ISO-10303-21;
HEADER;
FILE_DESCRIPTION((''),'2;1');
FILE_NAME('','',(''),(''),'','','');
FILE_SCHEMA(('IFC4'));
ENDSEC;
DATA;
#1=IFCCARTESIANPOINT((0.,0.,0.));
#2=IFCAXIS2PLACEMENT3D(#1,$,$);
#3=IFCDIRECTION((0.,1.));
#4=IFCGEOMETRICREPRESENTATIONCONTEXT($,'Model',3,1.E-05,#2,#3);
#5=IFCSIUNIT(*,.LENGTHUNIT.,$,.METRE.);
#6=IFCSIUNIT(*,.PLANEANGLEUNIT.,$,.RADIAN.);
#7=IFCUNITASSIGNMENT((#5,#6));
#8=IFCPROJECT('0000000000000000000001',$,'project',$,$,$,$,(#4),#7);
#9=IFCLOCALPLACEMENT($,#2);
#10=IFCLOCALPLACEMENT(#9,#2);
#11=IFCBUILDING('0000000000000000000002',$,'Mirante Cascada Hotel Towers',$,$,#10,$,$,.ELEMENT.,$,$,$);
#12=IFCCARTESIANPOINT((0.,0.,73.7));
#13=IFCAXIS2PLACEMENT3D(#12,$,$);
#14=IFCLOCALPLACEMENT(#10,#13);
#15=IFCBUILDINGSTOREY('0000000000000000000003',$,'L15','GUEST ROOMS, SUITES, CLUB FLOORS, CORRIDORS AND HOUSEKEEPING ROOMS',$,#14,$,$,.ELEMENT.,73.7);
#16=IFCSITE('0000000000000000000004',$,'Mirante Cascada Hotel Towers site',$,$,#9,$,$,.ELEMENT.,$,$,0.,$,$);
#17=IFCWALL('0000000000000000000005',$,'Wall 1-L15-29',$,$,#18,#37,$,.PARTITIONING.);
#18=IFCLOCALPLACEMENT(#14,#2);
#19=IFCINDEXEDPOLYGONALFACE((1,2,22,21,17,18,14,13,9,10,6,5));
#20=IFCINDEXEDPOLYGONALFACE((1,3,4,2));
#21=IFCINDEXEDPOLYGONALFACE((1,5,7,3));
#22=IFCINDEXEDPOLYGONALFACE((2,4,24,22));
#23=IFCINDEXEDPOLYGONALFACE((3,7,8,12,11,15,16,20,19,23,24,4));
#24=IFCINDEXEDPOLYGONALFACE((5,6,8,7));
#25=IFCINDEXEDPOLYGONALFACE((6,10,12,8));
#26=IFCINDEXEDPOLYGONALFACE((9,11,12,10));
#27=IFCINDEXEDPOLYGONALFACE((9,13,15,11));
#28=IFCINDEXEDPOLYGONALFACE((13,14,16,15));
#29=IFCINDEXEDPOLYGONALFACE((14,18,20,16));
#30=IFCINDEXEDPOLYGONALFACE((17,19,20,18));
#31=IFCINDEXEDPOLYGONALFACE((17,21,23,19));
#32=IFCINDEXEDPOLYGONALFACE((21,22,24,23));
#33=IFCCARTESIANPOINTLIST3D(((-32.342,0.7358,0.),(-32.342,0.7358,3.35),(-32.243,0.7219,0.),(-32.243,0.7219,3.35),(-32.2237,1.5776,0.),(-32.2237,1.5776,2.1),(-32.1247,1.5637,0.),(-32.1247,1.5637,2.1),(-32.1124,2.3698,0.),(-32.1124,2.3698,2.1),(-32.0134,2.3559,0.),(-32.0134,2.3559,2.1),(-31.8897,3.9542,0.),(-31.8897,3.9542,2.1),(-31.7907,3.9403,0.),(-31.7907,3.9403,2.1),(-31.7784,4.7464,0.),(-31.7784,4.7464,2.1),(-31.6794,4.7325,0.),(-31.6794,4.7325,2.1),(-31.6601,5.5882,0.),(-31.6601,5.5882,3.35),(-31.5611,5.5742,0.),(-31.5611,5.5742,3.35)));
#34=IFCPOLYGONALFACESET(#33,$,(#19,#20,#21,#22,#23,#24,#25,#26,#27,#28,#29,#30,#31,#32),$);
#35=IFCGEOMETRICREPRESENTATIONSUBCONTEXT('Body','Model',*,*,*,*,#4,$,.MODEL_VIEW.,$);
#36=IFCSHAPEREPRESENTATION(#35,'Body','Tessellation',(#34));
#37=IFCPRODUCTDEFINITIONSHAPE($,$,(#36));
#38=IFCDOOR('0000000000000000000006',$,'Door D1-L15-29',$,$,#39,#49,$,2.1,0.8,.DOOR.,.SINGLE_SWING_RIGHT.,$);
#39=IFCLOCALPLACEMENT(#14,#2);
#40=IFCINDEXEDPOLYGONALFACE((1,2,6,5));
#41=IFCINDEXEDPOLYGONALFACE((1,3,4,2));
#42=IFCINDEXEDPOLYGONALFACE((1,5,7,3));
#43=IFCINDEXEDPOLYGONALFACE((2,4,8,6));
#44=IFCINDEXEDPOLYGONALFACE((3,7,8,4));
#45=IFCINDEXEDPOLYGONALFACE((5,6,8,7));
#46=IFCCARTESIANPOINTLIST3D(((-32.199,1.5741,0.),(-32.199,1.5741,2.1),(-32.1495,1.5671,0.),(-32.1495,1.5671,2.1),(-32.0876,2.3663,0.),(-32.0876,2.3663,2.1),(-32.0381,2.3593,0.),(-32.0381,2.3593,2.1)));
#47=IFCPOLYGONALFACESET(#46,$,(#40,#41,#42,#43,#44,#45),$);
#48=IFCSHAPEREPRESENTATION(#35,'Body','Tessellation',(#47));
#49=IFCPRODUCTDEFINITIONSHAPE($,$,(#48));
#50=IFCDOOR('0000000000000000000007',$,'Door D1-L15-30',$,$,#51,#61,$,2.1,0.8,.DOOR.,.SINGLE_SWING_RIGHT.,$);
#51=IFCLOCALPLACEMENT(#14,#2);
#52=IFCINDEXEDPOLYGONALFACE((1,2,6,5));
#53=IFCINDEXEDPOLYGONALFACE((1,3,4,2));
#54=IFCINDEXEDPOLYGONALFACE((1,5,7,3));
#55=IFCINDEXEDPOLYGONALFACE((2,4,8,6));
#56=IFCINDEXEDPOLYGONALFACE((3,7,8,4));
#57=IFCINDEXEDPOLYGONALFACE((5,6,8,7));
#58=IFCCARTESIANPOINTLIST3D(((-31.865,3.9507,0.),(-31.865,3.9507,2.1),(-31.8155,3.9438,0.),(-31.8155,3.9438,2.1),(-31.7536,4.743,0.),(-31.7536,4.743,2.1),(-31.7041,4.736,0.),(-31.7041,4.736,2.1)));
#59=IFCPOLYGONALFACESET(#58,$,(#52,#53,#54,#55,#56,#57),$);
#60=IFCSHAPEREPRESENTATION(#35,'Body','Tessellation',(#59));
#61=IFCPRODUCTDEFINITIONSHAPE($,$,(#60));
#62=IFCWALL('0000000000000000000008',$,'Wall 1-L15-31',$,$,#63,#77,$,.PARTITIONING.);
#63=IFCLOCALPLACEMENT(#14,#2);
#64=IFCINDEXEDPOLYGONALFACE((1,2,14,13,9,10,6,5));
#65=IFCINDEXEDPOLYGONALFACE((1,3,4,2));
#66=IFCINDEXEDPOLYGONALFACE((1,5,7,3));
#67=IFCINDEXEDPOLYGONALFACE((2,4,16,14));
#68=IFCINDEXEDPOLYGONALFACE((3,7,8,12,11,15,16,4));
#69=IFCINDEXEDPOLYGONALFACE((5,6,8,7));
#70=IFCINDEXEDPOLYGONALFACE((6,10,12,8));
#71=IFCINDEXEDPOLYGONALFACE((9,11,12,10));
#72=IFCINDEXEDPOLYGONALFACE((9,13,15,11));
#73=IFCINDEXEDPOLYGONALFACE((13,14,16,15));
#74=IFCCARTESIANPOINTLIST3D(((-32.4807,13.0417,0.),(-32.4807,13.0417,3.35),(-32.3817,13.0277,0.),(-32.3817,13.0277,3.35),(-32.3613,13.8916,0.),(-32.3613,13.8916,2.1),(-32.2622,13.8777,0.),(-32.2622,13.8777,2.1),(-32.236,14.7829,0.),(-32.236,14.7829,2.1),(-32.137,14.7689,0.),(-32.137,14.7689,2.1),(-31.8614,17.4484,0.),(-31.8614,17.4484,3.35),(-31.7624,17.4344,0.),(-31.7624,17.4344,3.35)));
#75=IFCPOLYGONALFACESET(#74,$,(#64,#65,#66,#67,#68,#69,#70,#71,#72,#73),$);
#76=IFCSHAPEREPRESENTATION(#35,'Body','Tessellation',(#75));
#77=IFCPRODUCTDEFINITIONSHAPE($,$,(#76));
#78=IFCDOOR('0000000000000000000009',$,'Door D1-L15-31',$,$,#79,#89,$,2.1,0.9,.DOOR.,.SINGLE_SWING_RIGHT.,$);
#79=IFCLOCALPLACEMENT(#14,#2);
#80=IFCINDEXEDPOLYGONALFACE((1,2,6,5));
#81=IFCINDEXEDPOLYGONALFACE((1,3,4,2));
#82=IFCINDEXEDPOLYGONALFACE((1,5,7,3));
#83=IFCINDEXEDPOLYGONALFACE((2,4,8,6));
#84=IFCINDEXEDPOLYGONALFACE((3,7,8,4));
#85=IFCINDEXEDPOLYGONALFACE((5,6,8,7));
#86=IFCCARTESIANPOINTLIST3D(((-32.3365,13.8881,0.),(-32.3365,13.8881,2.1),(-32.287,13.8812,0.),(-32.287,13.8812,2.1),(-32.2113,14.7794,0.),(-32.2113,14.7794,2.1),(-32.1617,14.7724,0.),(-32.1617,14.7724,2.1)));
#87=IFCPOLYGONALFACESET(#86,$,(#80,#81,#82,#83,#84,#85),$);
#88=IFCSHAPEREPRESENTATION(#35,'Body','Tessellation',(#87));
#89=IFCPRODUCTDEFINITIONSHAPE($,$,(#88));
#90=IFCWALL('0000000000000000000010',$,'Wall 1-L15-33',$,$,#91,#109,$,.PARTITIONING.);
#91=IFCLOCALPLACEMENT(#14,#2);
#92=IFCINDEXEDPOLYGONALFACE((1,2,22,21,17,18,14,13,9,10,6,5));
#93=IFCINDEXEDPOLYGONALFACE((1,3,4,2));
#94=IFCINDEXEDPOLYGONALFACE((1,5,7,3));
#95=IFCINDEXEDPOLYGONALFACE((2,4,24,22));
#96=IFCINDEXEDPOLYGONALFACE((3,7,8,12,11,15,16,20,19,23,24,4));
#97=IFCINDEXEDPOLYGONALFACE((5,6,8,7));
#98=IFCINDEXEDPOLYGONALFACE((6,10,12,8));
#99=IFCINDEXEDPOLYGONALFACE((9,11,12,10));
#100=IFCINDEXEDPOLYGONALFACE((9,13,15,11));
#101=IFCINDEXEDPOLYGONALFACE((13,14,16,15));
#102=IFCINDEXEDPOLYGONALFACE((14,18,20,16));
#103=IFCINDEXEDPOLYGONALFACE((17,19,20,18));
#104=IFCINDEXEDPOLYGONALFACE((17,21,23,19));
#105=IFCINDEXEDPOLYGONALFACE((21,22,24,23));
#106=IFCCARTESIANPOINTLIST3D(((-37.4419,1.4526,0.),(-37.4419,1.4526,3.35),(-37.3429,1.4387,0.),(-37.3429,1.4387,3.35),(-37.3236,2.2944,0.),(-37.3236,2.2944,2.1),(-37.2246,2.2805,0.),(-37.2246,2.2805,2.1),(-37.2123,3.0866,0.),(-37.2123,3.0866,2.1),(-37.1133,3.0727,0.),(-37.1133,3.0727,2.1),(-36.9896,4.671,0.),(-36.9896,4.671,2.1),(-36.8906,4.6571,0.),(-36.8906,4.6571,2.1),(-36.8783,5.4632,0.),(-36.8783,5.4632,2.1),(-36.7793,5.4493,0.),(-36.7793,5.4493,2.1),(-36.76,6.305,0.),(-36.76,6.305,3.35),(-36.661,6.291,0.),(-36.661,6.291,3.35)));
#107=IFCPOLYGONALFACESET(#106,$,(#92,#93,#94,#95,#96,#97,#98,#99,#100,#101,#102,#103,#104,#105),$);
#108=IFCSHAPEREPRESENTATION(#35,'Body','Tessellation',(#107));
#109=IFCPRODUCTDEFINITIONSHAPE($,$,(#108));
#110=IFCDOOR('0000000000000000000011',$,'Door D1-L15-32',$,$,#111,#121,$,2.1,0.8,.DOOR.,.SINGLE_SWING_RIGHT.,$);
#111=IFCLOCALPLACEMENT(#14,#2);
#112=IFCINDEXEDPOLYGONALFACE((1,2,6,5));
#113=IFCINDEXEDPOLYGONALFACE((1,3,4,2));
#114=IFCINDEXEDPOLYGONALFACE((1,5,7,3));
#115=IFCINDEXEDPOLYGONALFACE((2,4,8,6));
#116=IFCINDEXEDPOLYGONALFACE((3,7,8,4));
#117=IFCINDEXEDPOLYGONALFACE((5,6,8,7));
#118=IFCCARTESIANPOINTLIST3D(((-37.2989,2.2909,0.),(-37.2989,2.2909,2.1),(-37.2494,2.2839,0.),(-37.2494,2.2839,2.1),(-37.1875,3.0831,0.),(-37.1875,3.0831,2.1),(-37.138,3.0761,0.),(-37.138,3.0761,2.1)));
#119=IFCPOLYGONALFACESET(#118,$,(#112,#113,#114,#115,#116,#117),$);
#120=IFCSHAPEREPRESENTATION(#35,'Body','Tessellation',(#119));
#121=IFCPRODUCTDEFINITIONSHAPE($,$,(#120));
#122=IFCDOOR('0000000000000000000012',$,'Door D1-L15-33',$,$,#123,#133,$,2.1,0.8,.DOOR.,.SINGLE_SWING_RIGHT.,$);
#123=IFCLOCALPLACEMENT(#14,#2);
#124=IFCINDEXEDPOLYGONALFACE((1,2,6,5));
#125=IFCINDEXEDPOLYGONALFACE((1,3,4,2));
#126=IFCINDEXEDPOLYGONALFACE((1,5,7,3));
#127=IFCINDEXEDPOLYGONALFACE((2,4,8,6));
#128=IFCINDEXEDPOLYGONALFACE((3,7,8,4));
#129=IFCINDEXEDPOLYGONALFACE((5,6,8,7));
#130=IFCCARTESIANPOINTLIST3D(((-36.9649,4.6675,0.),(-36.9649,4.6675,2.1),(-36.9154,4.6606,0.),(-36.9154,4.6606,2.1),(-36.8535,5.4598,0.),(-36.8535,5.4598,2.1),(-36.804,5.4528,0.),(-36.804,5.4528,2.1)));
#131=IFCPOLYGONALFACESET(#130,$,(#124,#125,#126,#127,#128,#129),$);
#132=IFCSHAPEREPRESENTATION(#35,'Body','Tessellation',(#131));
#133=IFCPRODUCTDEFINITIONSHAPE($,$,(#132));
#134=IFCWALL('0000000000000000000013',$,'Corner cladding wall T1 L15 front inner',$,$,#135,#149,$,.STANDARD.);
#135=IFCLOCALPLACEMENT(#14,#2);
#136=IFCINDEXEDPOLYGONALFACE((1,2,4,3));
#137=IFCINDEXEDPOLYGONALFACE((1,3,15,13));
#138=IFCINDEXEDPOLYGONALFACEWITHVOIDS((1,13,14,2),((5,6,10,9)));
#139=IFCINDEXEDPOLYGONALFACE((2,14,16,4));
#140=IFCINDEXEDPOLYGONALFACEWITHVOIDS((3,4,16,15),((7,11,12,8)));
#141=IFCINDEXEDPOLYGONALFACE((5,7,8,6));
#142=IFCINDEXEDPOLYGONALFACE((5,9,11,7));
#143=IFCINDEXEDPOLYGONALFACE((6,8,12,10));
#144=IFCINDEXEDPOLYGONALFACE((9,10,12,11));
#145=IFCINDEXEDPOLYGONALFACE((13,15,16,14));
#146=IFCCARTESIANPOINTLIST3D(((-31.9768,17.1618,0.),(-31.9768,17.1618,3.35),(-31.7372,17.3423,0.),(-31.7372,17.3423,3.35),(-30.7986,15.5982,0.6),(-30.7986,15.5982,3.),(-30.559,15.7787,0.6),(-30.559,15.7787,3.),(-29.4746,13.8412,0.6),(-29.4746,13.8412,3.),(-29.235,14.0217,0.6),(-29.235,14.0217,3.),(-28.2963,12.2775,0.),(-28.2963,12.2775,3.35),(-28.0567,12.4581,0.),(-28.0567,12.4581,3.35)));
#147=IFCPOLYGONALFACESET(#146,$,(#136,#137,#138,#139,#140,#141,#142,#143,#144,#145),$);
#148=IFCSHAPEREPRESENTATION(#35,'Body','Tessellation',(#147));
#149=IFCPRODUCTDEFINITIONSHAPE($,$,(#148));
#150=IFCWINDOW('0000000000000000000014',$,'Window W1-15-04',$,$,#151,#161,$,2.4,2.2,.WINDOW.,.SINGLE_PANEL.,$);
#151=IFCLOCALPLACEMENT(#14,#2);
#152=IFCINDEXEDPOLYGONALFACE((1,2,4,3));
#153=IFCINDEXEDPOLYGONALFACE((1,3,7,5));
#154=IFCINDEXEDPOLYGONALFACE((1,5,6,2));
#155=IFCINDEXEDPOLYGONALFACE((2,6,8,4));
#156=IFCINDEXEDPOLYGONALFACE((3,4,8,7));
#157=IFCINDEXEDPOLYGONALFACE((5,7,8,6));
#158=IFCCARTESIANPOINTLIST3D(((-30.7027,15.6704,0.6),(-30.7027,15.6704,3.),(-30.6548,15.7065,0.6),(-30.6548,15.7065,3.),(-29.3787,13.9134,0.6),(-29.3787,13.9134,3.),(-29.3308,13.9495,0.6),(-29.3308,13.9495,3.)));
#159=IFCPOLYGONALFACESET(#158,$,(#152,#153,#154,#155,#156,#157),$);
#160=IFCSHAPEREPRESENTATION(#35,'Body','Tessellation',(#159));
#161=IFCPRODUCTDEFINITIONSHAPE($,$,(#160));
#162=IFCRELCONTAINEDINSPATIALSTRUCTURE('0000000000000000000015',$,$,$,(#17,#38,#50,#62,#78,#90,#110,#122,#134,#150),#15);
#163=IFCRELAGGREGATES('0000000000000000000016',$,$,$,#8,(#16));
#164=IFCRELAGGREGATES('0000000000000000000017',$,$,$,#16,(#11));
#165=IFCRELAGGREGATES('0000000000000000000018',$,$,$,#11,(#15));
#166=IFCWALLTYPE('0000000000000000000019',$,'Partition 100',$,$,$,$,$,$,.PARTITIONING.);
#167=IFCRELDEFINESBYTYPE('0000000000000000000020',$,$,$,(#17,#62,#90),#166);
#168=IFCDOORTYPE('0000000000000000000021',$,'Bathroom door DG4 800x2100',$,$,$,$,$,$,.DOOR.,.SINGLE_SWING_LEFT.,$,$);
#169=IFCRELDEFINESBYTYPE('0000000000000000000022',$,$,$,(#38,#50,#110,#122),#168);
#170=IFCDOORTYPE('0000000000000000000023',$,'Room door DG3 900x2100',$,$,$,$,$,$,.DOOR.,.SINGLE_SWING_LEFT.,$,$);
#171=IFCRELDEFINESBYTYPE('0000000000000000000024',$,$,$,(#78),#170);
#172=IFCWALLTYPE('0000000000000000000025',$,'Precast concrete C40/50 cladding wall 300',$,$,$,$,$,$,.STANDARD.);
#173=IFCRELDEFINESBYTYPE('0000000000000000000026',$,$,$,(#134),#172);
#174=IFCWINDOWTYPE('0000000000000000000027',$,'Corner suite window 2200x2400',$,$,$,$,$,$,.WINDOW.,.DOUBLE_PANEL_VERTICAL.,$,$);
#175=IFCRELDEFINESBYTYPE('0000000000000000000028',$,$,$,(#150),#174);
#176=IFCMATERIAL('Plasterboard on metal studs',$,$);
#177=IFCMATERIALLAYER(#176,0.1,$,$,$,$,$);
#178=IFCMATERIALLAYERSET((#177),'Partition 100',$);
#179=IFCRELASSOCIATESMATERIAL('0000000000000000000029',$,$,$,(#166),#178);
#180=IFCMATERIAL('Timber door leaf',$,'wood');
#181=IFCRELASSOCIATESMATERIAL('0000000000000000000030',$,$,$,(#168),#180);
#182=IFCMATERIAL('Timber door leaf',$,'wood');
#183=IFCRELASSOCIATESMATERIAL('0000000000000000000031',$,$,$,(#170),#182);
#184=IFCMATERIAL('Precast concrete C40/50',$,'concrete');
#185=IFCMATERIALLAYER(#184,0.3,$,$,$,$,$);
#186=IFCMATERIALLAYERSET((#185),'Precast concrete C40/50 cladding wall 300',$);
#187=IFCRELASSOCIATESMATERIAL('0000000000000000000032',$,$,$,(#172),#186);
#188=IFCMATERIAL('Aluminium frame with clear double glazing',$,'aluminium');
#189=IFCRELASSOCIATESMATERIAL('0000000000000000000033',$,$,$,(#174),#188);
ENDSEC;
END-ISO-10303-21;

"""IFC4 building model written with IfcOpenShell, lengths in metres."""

from ifc_helpers import new_model, si_unit, direction, frame, frame_2d, origin, place, context, subcontext, project, spatial, rectangle, extrude, material, layer, layer_set, type_object, element, fill, save


model = new_model("IFC4")

# Units and contexts
model_context = context("Model", 3, precision=1e-05, world=origin(), true_north=direction((0.0, 1.0)))
body_context = subcontext(model_context, "Body", "Model", "MODEL_VIEW")
ifc_project = project(units=[si_unit("LENGTHUNIT", "METRE"), si_unit("PLANEANGLEUNIT", "RADIAN")], contexts=[model_context])

# Site, building, storey
site_placement = place(None, origin())
site = spatial("IfcSite", under=ifc_project, at=site_placement, Name="Mirante Cascada Hotel Towers site", CompositionType="ELEMENT", RefElevation=0.0)
building_placement = place(site_placement, origin())
building = spatial("IfcBuilding", under=site, at=building_placement, Name="Mirante Cascada Hotel Towers", CompositionType="ELEMENT")
storey_placement = place(building_placement, frame((0.0, 0.0, 73.7)))
storey = spatial("IfcBuildingStorey", under=building, at=storey_placement, Name="L15", Description="GUEST ROOMS, SUITES, CLUB FLOORS, CORRIDORS AND HOUSEKEEPING ROOMS", CompositionType="ELEMENT", Elevation=73.7)

# Shared definitions
ifc_material_1 = material(Name="Plasterboard on metal studs")
ifc_layer_1 = layer(ifc_material_1, 0.1)
ifc_layer_set_1 = layer_set([ifc_layer_1], Name="Partition 100")
wall_type_1 = type_object("IfcWallType", Name="Partition 100", PredefinedType="PARTITIONING", material=ifc_layer_set_1)

# Wall, openings, doors
wall_1_placement = place(storey_placement, frame((-31.6106, 5.5812, 0.0), z_axis=(0.0, 0.0, 1.0), x_axis=(-0.139164, -0.990269, 0.0)))
wall_1 = element("IfcWall", 1, at=wall_1_placement, inside=storey, type_object=wall_type_1, Name="Wall 1-L15-29", PredefinedType="PARTITIONING", context=body_context, shape_type="SweptSolid", body=[
    extrude(rectangle(XDim=4.9, YDim=0.1, at=frame_2d((2.45, 0.0))), origin(), (0.0, 0.0, 1.0), 3.35),
])
opening_1_placement = place(wall_1_placement, frame((3.25, 0.0, 0.0)))
opening_1 = element("IfcOpeningElement", 2, at=opening_1_placement, cuts=wall_1, PredefinedType="OPENING", context=body_context, shape_type="SweptSolid", body=[
    extrude(rectangle(XDim=0.8, YDim=2.1, at=frame_2d((0.4, 1.05))), frame((0.0, 0.05, 0.0), z_axis=(0.0, -1.0, 0.0), x_axis=(1.0, 0.0, 0.0)), (0.0, 0.0, 1.0), 0.1),
])
opening_2_placement = place(wall_1_placement, frame((0.85, 0.0, 0.0)))
opening_2 = element("IfcOpeningElement", 3, at=opening_2_placement, cuts=wall_1, PredefinedType="OPENING", context=body_context, shape_type="SweptSolid", body=[
    extrude(rectangle(XDim=0.8, YDim=2.1, at=frame_2d((0.4, 1.05))), frame((0.0, 0.05, 0.0), z_axis=(0.0, -1.0, 0.0), x_axis=(1.0, 0.0, 0.0)), (0.0, 0.0, 1.0), 0.1),
])
ifc_material_2 = material(Name="Timber door leaf", Category="wood")
door_type_1 = type_object("IfcDoorType", Name="Bathroom door DG4 800x2100", OperationType="SINGLE_SWING_LEFT", PredefinedType="DOOR", material=ifc_material_2)
door_1_placement = place(opening_1_placement, frame((0.8, 0.0, 0.0), z_axis=(0.0, 0.0, 1.0), x_axis=(-1.0, 0.0, 0.0)))
door_1 = element("IfcDoor", 4, at=door_1_placement, inside=storey, type_object=door_type_1, Name="Door D1-L15-29", OperationType="SINGLE_SWING_RIGHT", OverallHeight=2.1, OverallWidth=0.8, PredefinedType="DOOR", context=body_context, shape_type="SweptSolid", body=[
    extrude(rectangle(XDim=0.8, YDim=2.1, at=frame_2d((0.4, 1.05))), frame((0.0, 0.025, 0.0), z_axis=(0.0, -1.0, 0.0), x_axis=(1.0, 0.0, 0.0)), (0.0, 0.0, 1.0), 0.05),
])
fill(opening_1, door_1)
door_2_placement = place(opening_2_placement, frame((0.8, 0.0, 0.0), z_axis=(0.0, 0.0, 1.0), x_axis=(-1.0, 0.0, 0.0)))
door_2 = element("IfcDoor", 5, at=door_2_placement, inside=storey, type_object=door_type_1, Name="Door D1-L15-30", OperationType="SINGLE_SWING_RIGHT", OverallHeight=2.1, OverallWidth=0.8, PredefinedType="DOOR", context=body_context, shape_type="SweptSolid", body=[
    extrude(rectangle(XDim=0.8, YDim=2.1, at=frame_2d((0.4, 1.05))), frame((0.0, 0.025, 0.0), z_axis=(0.0, -1.0, 0.0), x_axis=(1.0, 0.0, 0.0)), (0.0, 0.0, 1.0), 0.05),
])
fill(opening_2, door_2)

# Wall, opening, door
wall_2_placement = place(storey_placement, frame((-31.8119, 17.4414, 0.0), z_axis=(0.0, 0.0, 1.0), x_axis=(-0.139168, -0.990269, 0.0)))
wall_2 = element("IfcWall", 6, at=wall_2_placement, inside=storey, type_object=wall_type_1, Name="Wall 1-L15-31", PredefinedType="PARTITIONING", context=body_context, shape_type="SweptSolid", body=[
    extrude(rectangle(XDim=4.45, YDim=0.1, at=frame_2d((2.225, 0.0))), origin(), (0.0, 0.0, 1.0), 3.35),
])
opening_3_placement = place(wall_2_placement, frame((2.6917, 0.0, 0.0)))
opening_3 = element("IfcOpeningElement", 7, at=opening_3_placement, cuts=wall_2, PredefinedType="OPENING", context=body_context, shape_type="SweptSolid", body=[
    extrude(rectangle(XDim=0.9, YDim=2.1, at=frame_2d((0.45, 1.05))), frame((0.0, 0.05, 0.0), z_axis=(0.0, -1.0, 0.0), x_axis=(1.0, 0.0, 0.0)), (0.0, 0.0, 1.0), 0.1),
])
ifc_material_3 = material(Name="Timber door leaf", Category="wood")
door_type_2 = type_object("IfcDoorType", Name="Room door DG3 900x2100", OperationType="SINGLE_SWING_LEFT", PredefinedType="DOOR", material=ifc_material_3)
door_3_placement = place(opening_3_placement, frame((0.9, 0.0, 0.0), z_axis=(0.0, 0.0, 1.0), x_axis=(-1.0, 0.0, 0.0)))
door_3 = element("IfcDoor", 8, at=door_3_placement, inside=storey, type_object=door_type_2, Name="Door D1-L15-31", OperationType="SINGLE_SWING_RIGHT", OverallHeight=2.1, OverallWidth=0.9, PredefinedType="DOOR", context=body_context, shape_type="SweptSolid", body=[
    extrude(rectangle(XDim=0.9, YDim=2.1, at=frame_2d((0.45, 1.05))), frame((0.0, 0.025, 0.0), z_axis=(0.0, -1.0, 0.0), x_axis=(1.0, 0.0, 0.0)), (0.0, 0.0, 1.0), 0.05),
])
fill(opening_3, door_3)

# Wall, openings, doors
wall_3_placement = place(storey_placement, frame((-36.7105, 6.298, 0.0), z_axis=(0.0, 0.0, 1.0), x_axis=(-0.139164, -0.990269, 0.0)))
wall_3 = element("IfcWall", 9, at=wall_3_placement, inside=storey, type_object=wall_type_1, Name="Wall 1-L15-33", PredefinedType="PARTITIONING", context=body_context, shape_type="SweptSolid", body=[
    extrude(rectangle(XDim=4.9, YDim=0.1, at=frame_2d((2.45, 0.0))), origin(), (0.0, 0.0, 1.0), 3.35),
])
opening_4_placement = place(wall_3_placement, frame((3.25, 0.0, 0.0)))
opening_4 = element("IfcOpeningElement", 10, at=opening_4_placement, cuts=wall_3, PredefinedType="OPENING", context=body_context, shape_type="SweptSolid", body=[
    extrude(rectangle(XDim=0.8, YDim=2.1, at=frame_2d((0.4, 1.05))), frame((0.0, 0.05, 0.0), z_axis=(0.0, -1.0, 0.0), x_axis=(1.0, 0.0, 0.0)), (0.0, 0.0, 1.0), 0.1),
])
opening_5_placement = place(wall_3_placement, frame((0.85, 0.0, 0.0)))
opening_5 = element("IfcOpeningElement", 11, at=opening_5_placement, cuts=wall_3, PredefinedType="OPENING", context=body_context, shape_type="SweptSolid", body=[
    extrude(rectangle(XDim=0.8, YDim=2.1, at=frame_2d((0.4, 1.05))), frame((0.0, 0.05, 0.0), z_axis=(0.0, -1.0, 0.0), x_axis=(1.0, 0.0, 0.0)), (0.0, 0.0, 1.0), 0.1),
])
door_4_placement = place(opening_4_placement, frame((0.8, 0.0, 0.0), z_axis=(0.0, 0.0, 1.0), x_axis=(-1.0, 0.0, 0.0)))
door_4 = element("IfcDoor", 12, at=door_4_placement, inside=storey, type_object=door_type_1, Name="Door D1-L15-32", OperationType="SINGLE_SWING_RIGHT", OverallHeight=2.1, OverallWidth=0.8, PredefinedType="DOOR", context=body_context, shape_type="SweptSolid", body=[
    extrude(rectangle(XDim=0.8, YDim=2.1, at=frame_2d((0.4, 1.05))), frame((0.0, 0.025, 0.0), z_axis=(0.0, -1.0, 0.0), x_axis=(1.0, 0.0, 0.0)), (0.0, 0.0, 1.0), 0.05),
])
fill(opening_4, door_4)
door_5_placement = place(opening_5_placement, frame((0.8, 0.0, 0.0), z_axis=(0.0, 0.0, 1.0), x_axis=(-1.0, 0.0, 0.0)))
door_5 = element("IfcDoor", 13, at=door_5_placement, inside=storey, type_object=door_type_1, Name="Door D1-L15-33", OperationType="SINGLE_SWING_RIGHT", OverallHeight=2.1, OverallWidth=0.8, PredefinedType="DOOR", context=body_context, shape_type="SweptSolid", body=[
    extrude(rectangle(XDim=0.8, YDim=2.1, at=frame_2d((0.4, 1.05))), frame((0.0, 0.025, 0.0), z_axis=(0.0, -1.0, 0.0), x_axis=(1.0, 0.0, 0.0)), (0.0, 0.0, 1.0), 0.05),
])
fill(opening_5, door_5)

# Wall, opening, window
ifc_material_4 = material(Name="Precast concrete C40/50", Category="concrete")
ifc_layer_2 = layer(ifc_material_4, 0.3)
ifc_layer_set_2 = layer_set([ifc_layer_2], Name="Precast concrete C40/50 cladding wall 300")
wall_type_2 = type_object("IfcWallType", Name="Precast concrete C40/50 cladding wall 300", PredefinedType="STANDARD", material=ifc_layer_set_2)
wall_4_placement = place(storey_placement, frame((-31.857, 17.252, 0.0), z_axis=(0.0, 0.0, 1.0), x_axis=(0.601814, -0.798636, 0.0)))
wall_4 = element("IfcWall", 14, at=wall_4_placement, inside=storey, type_object=wall_type_2, Name="Corner cladding wall T1 L15 front inner", PredefinedType="STANDARD", context=body_context, shape_type="SweptSolid", body=[
    extrude(rectangle(XDim=6.1157, YDim=0.3, at=frame_2d((3.0578, 0.0))), origin(), (0.0, 0.0, 1.0), 3.35),
])
opening_6_placement = place(wall_4_placement, frame((1.9578, 0.0, 0.6)))
opening_6 = element("IfcOpeningElement", 15, at=opening_6_placement, cuts=wall_4, PredefinedType="OPENING", context=body_context, shape_type="SweptSolid", body=[
    extrude(rectangle(XDim=2.2, YDim=2.4, at=frame_2d((1.1, 1.2))), frame((0.0, 0.15, 0.0), z_axis=(0.0, -1.0, 0.0), x_axis=(1.0, 0.0, 0.0)), (0.0, 0.0, 1.0), 0.3),
])
ifc_material_5 = material(Name="Aluminium frame with clear double glazing", Category="aluminium")
window_type = type_object("IfcWindowType", Name="Corner suite window 2200x2400", PartitioningType="DOUBLE_PANEL_VERTICAL", PredefinedType="WINDOW", material=ifc_material_5)
window_placement = place(opening_6_placement, origin())
window = element("IfcWindow", 16, at=window_placement, inside=storey, type_object=window_type, Name="Window W1-15-04", OverallHeight=2.4, OverallWidth=2.2, PartitioningType="SINGLE_PANEL", PredefinedType="WINDOW", context=body_context, shape_type="SweptSolid", body=[
    extrude(rectangle(XDim=2.2, YDim=2.4, at=frame_2d((1.1, 1.2))), frame((0.0, 0.03, 0.0), z_axis=(0.0, -1.0, 0.0), x_axis=(1.0, 0.0, 0.0)), (0.0, 0.0, 1.0), 0.06),
])
fill(opening_6, window)

save(model, "model.ifc")
